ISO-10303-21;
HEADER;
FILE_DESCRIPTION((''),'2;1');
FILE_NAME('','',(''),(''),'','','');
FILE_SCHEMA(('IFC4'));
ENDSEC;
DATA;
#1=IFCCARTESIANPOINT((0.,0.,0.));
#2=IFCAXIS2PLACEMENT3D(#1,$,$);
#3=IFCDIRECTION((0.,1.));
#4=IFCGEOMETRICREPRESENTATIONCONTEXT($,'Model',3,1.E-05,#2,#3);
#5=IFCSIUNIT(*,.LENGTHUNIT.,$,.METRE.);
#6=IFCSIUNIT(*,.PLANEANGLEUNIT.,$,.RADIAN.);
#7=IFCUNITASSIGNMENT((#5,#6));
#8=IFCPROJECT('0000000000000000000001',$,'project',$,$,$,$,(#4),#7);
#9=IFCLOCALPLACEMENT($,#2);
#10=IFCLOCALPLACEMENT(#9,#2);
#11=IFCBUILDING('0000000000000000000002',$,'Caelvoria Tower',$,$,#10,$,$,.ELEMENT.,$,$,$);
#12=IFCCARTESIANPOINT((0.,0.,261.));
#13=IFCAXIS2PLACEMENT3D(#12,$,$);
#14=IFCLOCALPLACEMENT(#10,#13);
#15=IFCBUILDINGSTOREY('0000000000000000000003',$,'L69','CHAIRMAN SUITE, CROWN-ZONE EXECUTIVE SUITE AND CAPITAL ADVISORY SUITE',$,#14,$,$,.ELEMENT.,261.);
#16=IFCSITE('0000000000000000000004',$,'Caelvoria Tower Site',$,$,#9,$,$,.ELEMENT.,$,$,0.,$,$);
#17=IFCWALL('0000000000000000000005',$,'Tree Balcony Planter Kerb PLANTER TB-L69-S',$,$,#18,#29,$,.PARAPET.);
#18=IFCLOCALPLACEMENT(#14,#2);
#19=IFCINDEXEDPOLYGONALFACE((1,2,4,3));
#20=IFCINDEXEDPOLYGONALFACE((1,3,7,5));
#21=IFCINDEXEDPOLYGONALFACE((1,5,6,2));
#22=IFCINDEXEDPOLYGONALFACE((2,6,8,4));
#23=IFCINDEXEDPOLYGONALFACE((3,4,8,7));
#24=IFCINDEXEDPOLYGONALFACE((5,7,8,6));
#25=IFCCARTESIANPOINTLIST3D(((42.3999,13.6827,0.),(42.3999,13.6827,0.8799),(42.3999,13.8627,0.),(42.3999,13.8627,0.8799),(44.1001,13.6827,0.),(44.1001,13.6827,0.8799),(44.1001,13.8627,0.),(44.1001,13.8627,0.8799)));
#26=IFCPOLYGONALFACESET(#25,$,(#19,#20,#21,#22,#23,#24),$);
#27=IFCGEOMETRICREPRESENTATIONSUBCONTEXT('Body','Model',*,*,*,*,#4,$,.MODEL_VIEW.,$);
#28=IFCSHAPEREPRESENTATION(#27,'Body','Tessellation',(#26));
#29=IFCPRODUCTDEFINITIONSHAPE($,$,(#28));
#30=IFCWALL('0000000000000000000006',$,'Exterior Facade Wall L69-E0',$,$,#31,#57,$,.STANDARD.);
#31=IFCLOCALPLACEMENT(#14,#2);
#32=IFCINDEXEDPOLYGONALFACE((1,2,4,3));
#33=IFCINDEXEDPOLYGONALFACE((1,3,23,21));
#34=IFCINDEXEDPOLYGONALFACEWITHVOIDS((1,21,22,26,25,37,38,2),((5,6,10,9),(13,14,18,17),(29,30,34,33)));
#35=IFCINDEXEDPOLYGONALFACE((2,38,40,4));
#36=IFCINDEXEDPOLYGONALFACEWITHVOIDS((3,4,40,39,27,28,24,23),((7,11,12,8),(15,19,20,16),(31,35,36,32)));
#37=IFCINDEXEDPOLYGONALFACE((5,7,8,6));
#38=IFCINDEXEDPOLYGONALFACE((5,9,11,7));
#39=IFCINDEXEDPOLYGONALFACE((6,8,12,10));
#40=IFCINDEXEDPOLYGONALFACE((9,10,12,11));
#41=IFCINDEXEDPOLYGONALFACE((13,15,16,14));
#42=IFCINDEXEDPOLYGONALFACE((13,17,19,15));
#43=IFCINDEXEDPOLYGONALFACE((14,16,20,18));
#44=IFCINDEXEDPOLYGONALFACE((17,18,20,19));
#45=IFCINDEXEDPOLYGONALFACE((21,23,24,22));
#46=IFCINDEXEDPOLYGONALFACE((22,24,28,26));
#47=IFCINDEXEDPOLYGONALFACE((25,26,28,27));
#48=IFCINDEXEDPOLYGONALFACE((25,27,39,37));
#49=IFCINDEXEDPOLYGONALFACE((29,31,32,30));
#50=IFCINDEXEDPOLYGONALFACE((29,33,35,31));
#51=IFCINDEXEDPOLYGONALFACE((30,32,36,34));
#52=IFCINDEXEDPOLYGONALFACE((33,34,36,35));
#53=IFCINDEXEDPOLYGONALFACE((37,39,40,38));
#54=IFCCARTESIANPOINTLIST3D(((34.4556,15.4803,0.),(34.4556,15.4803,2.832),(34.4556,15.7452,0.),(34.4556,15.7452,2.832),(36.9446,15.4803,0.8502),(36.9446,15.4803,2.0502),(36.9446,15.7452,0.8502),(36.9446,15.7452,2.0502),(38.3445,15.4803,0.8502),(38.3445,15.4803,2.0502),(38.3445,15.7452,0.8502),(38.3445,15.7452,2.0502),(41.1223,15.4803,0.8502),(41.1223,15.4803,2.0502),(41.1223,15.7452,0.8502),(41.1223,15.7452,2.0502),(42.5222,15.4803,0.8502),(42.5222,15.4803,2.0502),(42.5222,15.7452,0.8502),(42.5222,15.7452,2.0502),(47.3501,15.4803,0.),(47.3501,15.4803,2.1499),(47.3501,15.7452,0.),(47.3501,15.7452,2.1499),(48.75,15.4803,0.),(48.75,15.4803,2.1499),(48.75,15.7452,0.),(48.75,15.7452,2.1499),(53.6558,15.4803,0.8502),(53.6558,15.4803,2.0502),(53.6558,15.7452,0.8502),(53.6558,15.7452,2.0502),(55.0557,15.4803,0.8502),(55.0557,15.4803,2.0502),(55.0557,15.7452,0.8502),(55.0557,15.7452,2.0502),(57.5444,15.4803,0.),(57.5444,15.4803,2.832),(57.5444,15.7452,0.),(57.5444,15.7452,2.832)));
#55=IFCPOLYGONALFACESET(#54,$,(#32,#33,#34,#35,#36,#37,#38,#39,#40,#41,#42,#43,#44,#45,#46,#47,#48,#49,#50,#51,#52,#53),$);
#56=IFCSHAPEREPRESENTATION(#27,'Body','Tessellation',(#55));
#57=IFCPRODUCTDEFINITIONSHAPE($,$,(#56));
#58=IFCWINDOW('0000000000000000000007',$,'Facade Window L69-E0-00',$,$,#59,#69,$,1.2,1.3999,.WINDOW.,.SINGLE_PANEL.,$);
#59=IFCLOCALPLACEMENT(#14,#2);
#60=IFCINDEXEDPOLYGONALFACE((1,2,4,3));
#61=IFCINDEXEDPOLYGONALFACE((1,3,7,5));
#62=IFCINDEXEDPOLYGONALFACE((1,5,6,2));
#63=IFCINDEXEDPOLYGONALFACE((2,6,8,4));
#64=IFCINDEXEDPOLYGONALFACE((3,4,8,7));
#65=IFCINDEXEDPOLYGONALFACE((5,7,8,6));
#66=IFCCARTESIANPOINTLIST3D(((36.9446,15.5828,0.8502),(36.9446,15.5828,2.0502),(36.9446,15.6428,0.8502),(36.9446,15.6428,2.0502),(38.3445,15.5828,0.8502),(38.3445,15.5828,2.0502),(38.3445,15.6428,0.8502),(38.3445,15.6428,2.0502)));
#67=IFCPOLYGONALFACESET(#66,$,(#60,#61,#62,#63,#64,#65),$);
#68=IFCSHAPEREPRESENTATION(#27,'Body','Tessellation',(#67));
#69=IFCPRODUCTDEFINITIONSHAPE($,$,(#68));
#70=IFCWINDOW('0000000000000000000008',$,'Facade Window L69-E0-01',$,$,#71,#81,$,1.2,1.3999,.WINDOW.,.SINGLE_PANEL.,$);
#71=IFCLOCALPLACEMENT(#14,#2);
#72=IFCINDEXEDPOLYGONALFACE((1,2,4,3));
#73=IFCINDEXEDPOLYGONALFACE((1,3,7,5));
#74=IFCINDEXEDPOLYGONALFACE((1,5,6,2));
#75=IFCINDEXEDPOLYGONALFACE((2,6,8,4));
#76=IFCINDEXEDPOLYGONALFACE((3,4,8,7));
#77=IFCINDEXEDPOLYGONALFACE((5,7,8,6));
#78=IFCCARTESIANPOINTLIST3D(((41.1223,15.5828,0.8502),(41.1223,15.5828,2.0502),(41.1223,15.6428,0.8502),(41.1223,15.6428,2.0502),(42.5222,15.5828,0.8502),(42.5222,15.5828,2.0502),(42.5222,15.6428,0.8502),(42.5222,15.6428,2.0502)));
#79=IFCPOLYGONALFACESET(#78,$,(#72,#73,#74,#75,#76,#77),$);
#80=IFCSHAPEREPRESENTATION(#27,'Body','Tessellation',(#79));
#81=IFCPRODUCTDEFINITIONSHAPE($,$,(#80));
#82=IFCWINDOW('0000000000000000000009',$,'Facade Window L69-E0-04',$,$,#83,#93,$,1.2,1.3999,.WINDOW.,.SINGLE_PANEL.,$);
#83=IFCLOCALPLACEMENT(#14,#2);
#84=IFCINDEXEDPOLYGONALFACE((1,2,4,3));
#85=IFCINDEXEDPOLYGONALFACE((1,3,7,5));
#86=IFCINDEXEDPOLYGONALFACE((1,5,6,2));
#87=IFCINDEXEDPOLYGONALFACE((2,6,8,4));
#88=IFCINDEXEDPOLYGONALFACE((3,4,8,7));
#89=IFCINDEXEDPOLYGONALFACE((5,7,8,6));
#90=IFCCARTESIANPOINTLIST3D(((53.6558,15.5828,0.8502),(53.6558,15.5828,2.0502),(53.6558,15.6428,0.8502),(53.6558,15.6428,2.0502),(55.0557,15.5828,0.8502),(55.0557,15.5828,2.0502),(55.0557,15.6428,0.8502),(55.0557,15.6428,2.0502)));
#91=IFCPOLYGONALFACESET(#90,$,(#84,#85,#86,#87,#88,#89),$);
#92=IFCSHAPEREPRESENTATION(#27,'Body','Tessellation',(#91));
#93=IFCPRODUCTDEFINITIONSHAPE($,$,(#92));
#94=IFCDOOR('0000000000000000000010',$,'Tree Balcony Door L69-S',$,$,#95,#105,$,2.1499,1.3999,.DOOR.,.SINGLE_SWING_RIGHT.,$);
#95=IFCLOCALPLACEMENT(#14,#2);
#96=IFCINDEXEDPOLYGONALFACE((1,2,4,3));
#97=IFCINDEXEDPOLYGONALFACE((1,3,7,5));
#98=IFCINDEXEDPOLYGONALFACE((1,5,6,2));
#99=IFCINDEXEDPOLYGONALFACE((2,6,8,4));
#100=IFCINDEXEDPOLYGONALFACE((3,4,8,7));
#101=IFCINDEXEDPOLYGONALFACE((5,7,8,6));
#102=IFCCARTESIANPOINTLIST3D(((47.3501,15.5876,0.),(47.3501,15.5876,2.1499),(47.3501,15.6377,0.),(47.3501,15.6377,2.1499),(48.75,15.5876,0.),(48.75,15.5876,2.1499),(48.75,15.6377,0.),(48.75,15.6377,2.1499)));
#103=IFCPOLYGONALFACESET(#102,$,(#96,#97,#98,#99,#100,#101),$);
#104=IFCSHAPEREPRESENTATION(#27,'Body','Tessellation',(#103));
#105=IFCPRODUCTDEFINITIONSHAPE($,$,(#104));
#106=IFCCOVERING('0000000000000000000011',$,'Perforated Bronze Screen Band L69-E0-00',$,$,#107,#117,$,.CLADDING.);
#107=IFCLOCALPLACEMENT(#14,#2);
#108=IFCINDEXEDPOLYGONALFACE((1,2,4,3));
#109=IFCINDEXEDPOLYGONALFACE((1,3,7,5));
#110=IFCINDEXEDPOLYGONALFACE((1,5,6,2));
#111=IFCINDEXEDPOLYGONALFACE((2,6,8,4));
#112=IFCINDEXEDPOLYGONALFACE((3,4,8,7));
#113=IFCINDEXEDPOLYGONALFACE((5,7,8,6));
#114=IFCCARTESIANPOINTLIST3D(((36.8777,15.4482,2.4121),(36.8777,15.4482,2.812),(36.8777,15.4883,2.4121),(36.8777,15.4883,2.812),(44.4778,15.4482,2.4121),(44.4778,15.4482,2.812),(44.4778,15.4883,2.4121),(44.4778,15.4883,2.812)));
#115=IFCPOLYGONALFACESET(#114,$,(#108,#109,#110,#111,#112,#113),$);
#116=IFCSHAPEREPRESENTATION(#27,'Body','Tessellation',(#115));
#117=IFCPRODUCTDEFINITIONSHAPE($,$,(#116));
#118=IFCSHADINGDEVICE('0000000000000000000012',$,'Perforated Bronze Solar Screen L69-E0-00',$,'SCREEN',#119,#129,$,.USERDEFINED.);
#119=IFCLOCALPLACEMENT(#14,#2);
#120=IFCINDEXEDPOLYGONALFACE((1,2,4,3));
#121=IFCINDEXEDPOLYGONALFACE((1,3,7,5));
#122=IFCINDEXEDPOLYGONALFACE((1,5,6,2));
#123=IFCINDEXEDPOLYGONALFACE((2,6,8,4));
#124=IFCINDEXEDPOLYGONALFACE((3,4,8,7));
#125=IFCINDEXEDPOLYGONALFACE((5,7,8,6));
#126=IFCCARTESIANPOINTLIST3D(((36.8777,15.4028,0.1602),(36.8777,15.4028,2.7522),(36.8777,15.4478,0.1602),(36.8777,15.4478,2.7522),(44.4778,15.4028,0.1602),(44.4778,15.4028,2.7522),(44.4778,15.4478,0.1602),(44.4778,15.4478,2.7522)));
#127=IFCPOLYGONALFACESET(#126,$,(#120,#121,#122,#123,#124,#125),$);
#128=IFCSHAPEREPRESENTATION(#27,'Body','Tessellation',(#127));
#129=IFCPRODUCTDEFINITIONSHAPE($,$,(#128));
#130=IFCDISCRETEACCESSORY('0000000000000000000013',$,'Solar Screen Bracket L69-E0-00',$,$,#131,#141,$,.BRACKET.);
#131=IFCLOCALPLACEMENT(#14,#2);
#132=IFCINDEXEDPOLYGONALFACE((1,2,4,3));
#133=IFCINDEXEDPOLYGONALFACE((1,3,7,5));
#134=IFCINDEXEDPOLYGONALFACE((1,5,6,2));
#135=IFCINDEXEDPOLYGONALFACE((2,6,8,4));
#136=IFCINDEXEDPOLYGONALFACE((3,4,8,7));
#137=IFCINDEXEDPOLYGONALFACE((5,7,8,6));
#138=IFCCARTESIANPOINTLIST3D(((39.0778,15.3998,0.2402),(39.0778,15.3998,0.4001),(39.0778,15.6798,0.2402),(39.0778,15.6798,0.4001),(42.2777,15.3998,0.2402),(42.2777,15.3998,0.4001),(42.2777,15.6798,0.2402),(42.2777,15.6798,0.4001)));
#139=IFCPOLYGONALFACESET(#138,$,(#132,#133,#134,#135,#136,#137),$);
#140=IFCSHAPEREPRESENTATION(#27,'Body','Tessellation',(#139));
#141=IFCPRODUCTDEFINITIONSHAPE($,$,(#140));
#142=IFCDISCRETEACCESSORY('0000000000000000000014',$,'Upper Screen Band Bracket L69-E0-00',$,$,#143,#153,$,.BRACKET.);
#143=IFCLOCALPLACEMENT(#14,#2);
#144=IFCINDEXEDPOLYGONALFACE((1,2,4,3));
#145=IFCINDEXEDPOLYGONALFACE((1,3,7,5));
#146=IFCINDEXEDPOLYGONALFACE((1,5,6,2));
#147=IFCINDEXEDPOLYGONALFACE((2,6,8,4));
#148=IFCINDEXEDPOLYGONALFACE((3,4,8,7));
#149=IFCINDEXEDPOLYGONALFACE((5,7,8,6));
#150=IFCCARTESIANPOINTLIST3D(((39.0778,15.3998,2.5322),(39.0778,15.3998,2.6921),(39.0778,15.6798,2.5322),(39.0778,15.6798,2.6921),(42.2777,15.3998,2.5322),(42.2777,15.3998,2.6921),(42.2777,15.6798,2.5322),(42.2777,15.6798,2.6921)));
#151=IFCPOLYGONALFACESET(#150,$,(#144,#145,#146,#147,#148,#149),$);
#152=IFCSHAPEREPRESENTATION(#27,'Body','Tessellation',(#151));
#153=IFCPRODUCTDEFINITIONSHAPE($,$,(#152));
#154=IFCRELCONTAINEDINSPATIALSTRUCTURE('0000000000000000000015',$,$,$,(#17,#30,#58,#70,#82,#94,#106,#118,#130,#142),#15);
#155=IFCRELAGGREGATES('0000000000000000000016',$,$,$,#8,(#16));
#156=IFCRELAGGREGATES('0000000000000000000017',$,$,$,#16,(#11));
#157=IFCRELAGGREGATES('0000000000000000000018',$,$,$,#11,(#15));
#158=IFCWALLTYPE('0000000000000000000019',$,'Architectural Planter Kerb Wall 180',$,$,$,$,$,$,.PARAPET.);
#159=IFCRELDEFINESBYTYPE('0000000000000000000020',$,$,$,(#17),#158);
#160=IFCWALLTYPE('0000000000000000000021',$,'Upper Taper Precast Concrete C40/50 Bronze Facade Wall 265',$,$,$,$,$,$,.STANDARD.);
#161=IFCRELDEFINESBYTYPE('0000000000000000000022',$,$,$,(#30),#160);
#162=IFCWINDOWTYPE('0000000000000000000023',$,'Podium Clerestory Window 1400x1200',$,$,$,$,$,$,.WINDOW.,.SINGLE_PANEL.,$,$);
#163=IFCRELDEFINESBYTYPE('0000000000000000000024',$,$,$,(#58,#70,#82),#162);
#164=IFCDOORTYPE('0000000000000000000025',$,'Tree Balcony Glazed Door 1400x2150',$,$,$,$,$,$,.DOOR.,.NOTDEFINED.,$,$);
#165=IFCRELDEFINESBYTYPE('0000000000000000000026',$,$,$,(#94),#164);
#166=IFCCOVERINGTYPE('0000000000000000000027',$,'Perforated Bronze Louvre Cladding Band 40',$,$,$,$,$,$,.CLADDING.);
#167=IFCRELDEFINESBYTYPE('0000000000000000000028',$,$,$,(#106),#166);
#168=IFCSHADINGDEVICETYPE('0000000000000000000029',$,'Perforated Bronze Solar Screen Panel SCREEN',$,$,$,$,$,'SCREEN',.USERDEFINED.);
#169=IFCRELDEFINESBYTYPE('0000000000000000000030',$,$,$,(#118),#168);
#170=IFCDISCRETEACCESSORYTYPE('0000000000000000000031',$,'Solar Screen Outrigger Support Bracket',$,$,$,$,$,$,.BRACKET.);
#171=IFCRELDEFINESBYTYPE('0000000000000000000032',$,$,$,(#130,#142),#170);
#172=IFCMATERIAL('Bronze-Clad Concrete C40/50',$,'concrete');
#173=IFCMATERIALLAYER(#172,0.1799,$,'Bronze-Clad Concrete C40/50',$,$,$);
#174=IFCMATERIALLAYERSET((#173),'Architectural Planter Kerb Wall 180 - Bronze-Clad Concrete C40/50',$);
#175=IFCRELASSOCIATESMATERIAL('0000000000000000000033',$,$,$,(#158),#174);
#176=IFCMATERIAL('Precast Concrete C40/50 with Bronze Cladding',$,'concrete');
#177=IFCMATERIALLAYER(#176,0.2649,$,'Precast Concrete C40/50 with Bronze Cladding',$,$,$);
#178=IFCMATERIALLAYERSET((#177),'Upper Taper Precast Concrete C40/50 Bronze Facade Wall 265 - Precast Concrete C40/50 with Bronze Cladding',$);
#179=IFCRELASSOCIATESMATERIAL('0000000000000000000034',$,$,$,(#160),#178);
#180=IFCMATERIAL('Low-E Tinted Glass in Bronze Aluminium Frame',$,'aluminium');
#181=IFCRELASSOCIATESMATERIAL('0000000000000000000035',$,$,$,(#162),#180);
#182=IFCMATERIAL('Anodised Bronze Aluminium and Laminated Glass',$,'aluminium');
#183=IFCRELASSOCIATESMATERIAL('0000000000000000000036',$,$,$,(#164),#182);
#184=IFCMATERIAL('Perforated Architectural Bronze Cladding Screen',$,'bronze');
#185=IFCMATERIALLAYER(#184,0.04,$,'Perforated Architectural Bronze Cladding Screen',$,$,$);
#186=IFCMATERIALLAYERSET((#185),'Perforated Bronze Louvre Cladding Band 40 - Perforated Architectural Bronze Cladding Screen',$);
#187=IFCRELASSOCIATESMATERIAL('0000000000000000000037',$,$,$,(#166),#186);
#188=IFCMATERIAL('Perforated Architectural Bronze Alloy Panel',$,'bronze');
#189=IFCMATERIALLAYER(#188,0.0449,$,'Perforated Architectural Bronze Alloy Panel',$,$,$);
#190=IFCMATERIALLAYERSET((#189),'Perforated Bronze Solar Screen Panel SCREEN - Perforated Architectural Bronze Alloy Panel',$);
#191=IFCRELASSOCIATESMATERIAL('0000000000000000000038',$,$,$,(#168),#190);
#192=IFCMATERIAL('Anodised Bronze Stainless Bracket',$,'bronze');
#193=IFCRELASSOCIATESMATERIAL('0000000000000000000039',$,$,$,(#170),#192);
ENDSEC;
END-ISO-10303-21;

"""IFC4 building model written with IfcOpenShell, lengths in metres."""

from ifc_helpers import new_model, si_unit, direction, frame, frame_2d, origin, origin_2d, place, context, subcontext, project, spatial, rectangle, extrude, material, layer, layer_set, type_object, element, fill, save


model = new_model("IFC4")

# Units and contexts
model_context = context("Model", 3, precision=1e-05, world=origin(), true_north=direction((0.0, 1.0)))
body_context = subcontext(model_context, "Body", "Model", "MODEL_VIEW")
ifc_project = project(units=[si_unit("LENGTHUNIT", "METRE"), si_unit("PLANEANGLEUNIT", "RADIAN")], contexts=[model_context])

# Site, building, storey
site_placement = place(None, origin())
site = spatial("IfcSite", under=ifc_project, at=site_placement, Name="Caelvoria Tower Site", CompositionType="ELEMENT", RefElevation=0.0)
building_placement = place(site_placement, origin())
building = spatial("IfcBuilding", under=site, at=building_placement, Name="Caelvoria Tower", CompositionType="ELEMENT")
storey_placement = place(building_placement, frame((0.0, 0.0, 261.0)))
storey = spatial("IfcBuildingStorey", under=building, at=storey_placement, Name="L69", Description="CHAIRMAN SUITE, CROWN-ZONE EXECUTIVE SUITE AND CAPITAL ADVISORY SUITE", CompositionType="ELEMENT", Elevation=261.0)

# Wall
ifc_material_1 = material(Name="Bronze-Clad Concrete C40/50", Category="concrete")
ifc_layer_1 = layer(ifc_material_1, 0.1799, Name="Bronze-Clad Concrete C40/50")
ifc_layer_set_1 = layer_set([ifc_layer_1], Name="Architectural Planter Kerb Wall 180 - Bronze-Clad Concrete C40/50")
wall_type_1 = type_object("IfcWallType", Name="Architectural Planter Kerb Wall 180", PredefinedType="PARAPET", material=ifc_layer_set_1)
wall_1_placement = place(storey_placement, frame((42.3999, 13.7727, 0.0), z_axis=(0.0, 0.0, 1.0), x_axis=(1.0, 0.0, 0.0)))
element("IfcWall", 1, at=wall_1_placement, inside=storey, type_object=wall_type_1, Name="Tree Balcony Planter Kerb PLANTER TB-L69-S", PredefinedType="PARAPET", context=body_context, shape_type="SweptSolid", body=[
    extrude(rectangle(XDim=1.7002, YDim=0.1799, at=frame_2d((0.8501, 0.0))), origin(), (0.0, 0.0, 1.0), 0.8799),
])

# Wall, openings, windows, door
ifc_material_2 = material(Name="Precast Concrete C40/50 with Bronze Cladding", Category="concrete")
ifc_layer_2 = layer(ifc_material_2, 0.2649, Name="Precast Concrete C40/50 with Bronze Cladding")
ifc_layer_set_2 = layer_set([ifc_layer_2], Name="Upper Taper Precast Concrete C40/50 Bronze Facade Wall 265 - Precast Concrete C40/50 with Bronze Cladding")
wall_type_2 = type_object("IfcWallType", Name="Upper Taper Precast Concrete C40/50 Bronze Facade Wall 265", PredefinedType="STANDARD", material=ifc_layer_set_2)
wall_2_placement = place(storey_placement, frame((34.4556, 15.6128, 0.0), z_axis=(0.0, 0.0, 1.0), x_axis=(1.0, 0.0, 0.0)))
wall_2 = element("IfcWall", 2, at=wall_2_placement, inside=storey, type_object=wall_type_2, Name="Exterior Facade Wall L69-E0", PredefinedType="STANDARD", context=body_context, shape_type="SweptSolid", body=[
    extrude(rectangle(XDim=23.0889, YDim=0.2649, at=frame_2d((11.5444, 0.0))), origin(), (0.0, 0.0, 1.0), 2.832),
])
opening_1_placement = place(wall_2_placement, frame((12.8945, 0.0, 0.0)))
opening_1 = element("IfcOpeningElement", 3, at=opening_1_placement, cuts=wall_2, PredefinedType="OPENING", context=body_context, shape_type="SweptSolid", body=[
    extrude(rectangle(XDim=1.3999, YDim=2.1499, at=frame_2d((0.7, 1.075))), frame((0.0, 0.1423, 0.0), z_axis=(0.0, -1.0, 0.0), x_axis=(1.0, 0.0, 0.0)), (0.0, 0.0, 1.0), 0.2849),
])
opening_2_placement = place(wall_2_placement, frame((2.489, 0.0, 0.8501)))
opening_2 = element("IfcOpeningElement", 4, at=opening_2_placement, cuts=wall_2, PredefinedType="OPENING", context=body_context, shape_type="SweptSolid", body=[
    extrude(rectangle(XDim=1.3999, YDim=1.2, at=frame_2d((0.7, 0.6001))), frame((0.0, 0.1423, 0.0), z_axis=(0.0, -1.0, 0.0), x_axis=(1.0, 0.0, 0.0)), (0.0, 0.0, 1.0), 0.2849),
])
opening_3_placement = place(wall_2_placement, frame((6.6667, 0.0, 0.8501)))
opening_3 = element("IfcOpeningElement", 5, at=opening_3_placement, cuts=wall_2, PredefinedType="OPENING", context=body_context, shape_type="SweptSolid", body=[
    extrude(rectangle(XDim=1.3999, YDim=1.2, at=frame_2d((0.7, 0.6001))), frame((0.0, 0.1423, 0.0), z_axis=(0.0, -1.0, 0.0), x_axis=(1.0, 0.0, 0.0)), (0.0, 0.0, 1.0), 0.2849),
])
opening_4_placement = place(wall_2_placement, frame((19.2002, 0.0, 0.8501)))
opening_4 = element("IfcOpeningElement", 6, at=opening_4_placement, cuts=wall_2, PredefinedType="OPENING", context=body_context, shape_type="SweptSolid", body=[
    extrude(rectangle(XDim=1.3999, YDim=1.2, at=frame_2d((0.7, 0.6001))), frame((0.0, 0.1423, 0.0), z_axis=(0.0, -1.0, 0.0), x_axis=(1.0, 0.0, 0.0)), (0.0, 0.0, 1.0), 0.2849),
])
ifc_material_3 = material(Name="Low-E Tinted Glass in Bronze Aluminium Frame", Category="aluminium")
window_type = type_object("IfcWindowType", Name="Podium Clerestory Window 1400x1200", PartitioningType="SINGLE_PANEL", PredefinedType="WINDOW", material=ifc_material_3)
window_1_placement = place(opening_2_placement, origin())
window_1 = element("IfcWindow", 7, at=window_1_placement, inside=storey, type_object=window_type, Name="Facade Window L69-E0-00", OverallHeight=1.2, OverallWidth=1.3999, PartitioningType="SINGLE_PANEL", PredefinedType="WINDOW", context=body_context, shape_type="SweptSolid", body=[
    extrude(rectangle(XDim=1.3999, YDim=1.2, at=frame_2d((0.7, 0.6001))), frame((0.0, 0.03, 0.0), z_axis=(0.0, -1.0, 0.0), x_axis=(1.0, 0.0, 0.0)), (0.0, 0.0, 1.0), 0.0601),
])
fill(opening_2, window_1)
window_2_placement = place(opening_3_placement, origin())
window_2 = element("IfcWindow", 8, at=window_2_placement, inside=storey, type_object=window_type, Name="Facade Window L69-E0-01", OverallHeight=1.2, OverallWidth=1.3999, PartitioningType="SINGLE_PANEL", PredefinedType="WINDOW", context=body_context, shape_type="SweptSolid", body=[
    extrude(rectangle(XDim=1.3999, YDim=1.2, at=frame_2d((0.7, 0.6001))), frame((0.0, 0.03, 0.0), z_axis=(0.0, -1.0, 0.0), x_axis=(1.0, 0.0, 0.0)), (0.0, 0.0, 1.0), 0.0601),
])
fill(opening_3, window_2)
window_3_placement = place(opening_4_placement, origin())
window_3 = element("IfcWindow", 9, at=window_3_placement, inside=storey, type_object=window_type, Name="Facade Window L69-E0-04", OverallHeight=1.2, OverallWidth=1.3999, PartitioningType="SINGLE_PANEL", PredefinedType="WINDOW", context=body_context, shape_type="SweptSolid", body=[
    extrude(rectangle(XDim=1.3999, YDim=1.2, at=frame_2d((0.7, 0.6001))), frame((0.0, 0.03, 0.0), z_axis=(0.0, -1.0, 0.0), x_axis=(1.0, 0.0, 0.0)), (0.0, 0.0, 1.0), 0.0601),
])
fill(opening_4, window_3)
ifc_material_4 = material(Name="Anodised Bronze Aluminium and Laminated Glass", Category="aluminium")
door_type = type_object("IfcDoorType", Name="Tree Balcony Glazed Door 1400x2150", OperationType="NOTDEFINED", PredefinedType="DOOR", material=ifc_material_4)
door_placement = place(opening_1_placement, origin())
door = element("IfcDoor", 10, at=door_placement, inside=storey, type_object=door_type, Name="Tree Balcony Door L69-S", OperationType="SINGLE_SWING_RIGHT", OverallHeight=2.1499, OverallWidth=1.3999, PredefinedType="DOOR", context=body_context, shape_type="SweptSolid", body=[
    extrude(rectangle(XDim=1.3999, YDim=2.1499, at=frame_2d((0.7, 1.075))), frame((0.0, 0.0249, 0.0), z_axis=(0.0, -1.0, 0.0), x_axis=(1.0, 0.0, 0.0)), (0.0, 0.0, 1.0), 0.05),
])
fill(opening_1, door)

# Covering
ifc_material_5 = material(Name="Perforated Architectural Bronze Cladding Screen", Category="bronze")
ifc_layer_3 = layer(ifc_material_5, 0.04, Name="Perforated Architectural Bronze Cladding Screen")
ifc_layer_set_3 = layer_set([ifc_layer_3], Name="Perforated Bronze Louvre Cladding Band 40 - Perforated Architectural Bronze Cladding Screen")
covering_type = type_object("IfcCoveringType", Name="Perforated Bronze Louvre Cladding Band 40", PredefinedType="CLADDING", material=ifc_layer_set_3)
covering_placement = place(storey_placement, frame((40.6777, 15.4683, 2.4121), z_axis=(0.0, 0.0, 1.0), x_axis=(1.0, 0.0, 0.0)))
element("IfcCovering", 11, at=covering_placement, inside=storey, type_object=covering_type, Name="Perforated Bronze Screen Band L69-E0-00", PredefinedType="CLADDING", context=body_context, shape_type="SweptSolid", body=[
    extrude(rectangle(XDim=7.6001, YDim=0.04, at=origin_2d()), origin(), (0.0, 0.0, 1.0), 0.3999),
])

# Shading device
ifc_material_6 = material(Name="Perforated Architectural Bronze Alloy Panel", Category="bronze")
ifc_layer_4 = layer(ifc_material_6, 0.0449, Name="Perforated Architectural Bronze Alloy Panel")
ifc_layer_set_4 = layer_set([ifc_layer_4], Name="Perforated Bronze Solar Screen Panel SCREEN - Perforated Architectural Bronze Alloy Panel")
shading_device_type = type_object("IfcShadingDeviceType", Name="Perforated Bronze Solar Screen Panel SCREEN", ElementType="SCREEN", PredefinedType="USERDEFINED", material=ifc_layer_set_4)
shading_device_placement = place(storey_placement, frame((40.6777, 15.4253, 0.1602), z_axis=(0.0, 0.0, 1.0), x_axis=(1.0, 0.0, 0.0)))
element("IfcShadingDevice", 12, at=shading_device_placement, inside=storey, type_object=shading_device_type, Name="Perforated Bronze Solar Screen L69-E0-00", ObjectType="SCREEN", PredefinedType="USERDEFINED", context=body_context, shape_type="SweptSolid", body=[
    extrude(rectangle(XDim=7.6001, YDim=0.0449, at=origin_2d()), origin(), (0.0, 0.0, 1.0), 2.592),
])

# Discrete accessories
ifc_material_7 = material(Name="Anodised Bronze Stainless Bracket", Category="bronze")
discrete_accessory_type = type_object("IfcDiscreteAccessoryType", Name="Solar Screen Outrigger Support Bracket", PredefinedType="BRACKET", material=ifc_material_7)
for number, where, z_axis, x_axis, name in (
    (13, (40.6777, 15.5398, 0.2402), (0.0, 0.0, 1.0), (1.0, 0.0, 0.0), "Solar Screen Bracket L69-E0-00"),
    (14, (40.6777, 15.5398, 2.5322), (0.0, 0.0, 1.0), (1.0, 0.0, 0.0), "Upper Screen Band Bracket L69-E0-00"),
):
    element("IfcDiscreteAccessory", number, at=place(storey_placement, frame(where, z_axis=z_axis, x_axis=x_axis)), inside=storey, type_object=discrete_accessory_type, Name=name, PredefinedType="BRACKET", context=body_context, shape_type="SweptSolid", body=[
        extrude(rectangle(XDim=3.2, YDim=0.28, at=origin_2d()), origin(), (0.0, 0.0, 1.0), 0.1599),
    ])

save(model, "model.ifc")
